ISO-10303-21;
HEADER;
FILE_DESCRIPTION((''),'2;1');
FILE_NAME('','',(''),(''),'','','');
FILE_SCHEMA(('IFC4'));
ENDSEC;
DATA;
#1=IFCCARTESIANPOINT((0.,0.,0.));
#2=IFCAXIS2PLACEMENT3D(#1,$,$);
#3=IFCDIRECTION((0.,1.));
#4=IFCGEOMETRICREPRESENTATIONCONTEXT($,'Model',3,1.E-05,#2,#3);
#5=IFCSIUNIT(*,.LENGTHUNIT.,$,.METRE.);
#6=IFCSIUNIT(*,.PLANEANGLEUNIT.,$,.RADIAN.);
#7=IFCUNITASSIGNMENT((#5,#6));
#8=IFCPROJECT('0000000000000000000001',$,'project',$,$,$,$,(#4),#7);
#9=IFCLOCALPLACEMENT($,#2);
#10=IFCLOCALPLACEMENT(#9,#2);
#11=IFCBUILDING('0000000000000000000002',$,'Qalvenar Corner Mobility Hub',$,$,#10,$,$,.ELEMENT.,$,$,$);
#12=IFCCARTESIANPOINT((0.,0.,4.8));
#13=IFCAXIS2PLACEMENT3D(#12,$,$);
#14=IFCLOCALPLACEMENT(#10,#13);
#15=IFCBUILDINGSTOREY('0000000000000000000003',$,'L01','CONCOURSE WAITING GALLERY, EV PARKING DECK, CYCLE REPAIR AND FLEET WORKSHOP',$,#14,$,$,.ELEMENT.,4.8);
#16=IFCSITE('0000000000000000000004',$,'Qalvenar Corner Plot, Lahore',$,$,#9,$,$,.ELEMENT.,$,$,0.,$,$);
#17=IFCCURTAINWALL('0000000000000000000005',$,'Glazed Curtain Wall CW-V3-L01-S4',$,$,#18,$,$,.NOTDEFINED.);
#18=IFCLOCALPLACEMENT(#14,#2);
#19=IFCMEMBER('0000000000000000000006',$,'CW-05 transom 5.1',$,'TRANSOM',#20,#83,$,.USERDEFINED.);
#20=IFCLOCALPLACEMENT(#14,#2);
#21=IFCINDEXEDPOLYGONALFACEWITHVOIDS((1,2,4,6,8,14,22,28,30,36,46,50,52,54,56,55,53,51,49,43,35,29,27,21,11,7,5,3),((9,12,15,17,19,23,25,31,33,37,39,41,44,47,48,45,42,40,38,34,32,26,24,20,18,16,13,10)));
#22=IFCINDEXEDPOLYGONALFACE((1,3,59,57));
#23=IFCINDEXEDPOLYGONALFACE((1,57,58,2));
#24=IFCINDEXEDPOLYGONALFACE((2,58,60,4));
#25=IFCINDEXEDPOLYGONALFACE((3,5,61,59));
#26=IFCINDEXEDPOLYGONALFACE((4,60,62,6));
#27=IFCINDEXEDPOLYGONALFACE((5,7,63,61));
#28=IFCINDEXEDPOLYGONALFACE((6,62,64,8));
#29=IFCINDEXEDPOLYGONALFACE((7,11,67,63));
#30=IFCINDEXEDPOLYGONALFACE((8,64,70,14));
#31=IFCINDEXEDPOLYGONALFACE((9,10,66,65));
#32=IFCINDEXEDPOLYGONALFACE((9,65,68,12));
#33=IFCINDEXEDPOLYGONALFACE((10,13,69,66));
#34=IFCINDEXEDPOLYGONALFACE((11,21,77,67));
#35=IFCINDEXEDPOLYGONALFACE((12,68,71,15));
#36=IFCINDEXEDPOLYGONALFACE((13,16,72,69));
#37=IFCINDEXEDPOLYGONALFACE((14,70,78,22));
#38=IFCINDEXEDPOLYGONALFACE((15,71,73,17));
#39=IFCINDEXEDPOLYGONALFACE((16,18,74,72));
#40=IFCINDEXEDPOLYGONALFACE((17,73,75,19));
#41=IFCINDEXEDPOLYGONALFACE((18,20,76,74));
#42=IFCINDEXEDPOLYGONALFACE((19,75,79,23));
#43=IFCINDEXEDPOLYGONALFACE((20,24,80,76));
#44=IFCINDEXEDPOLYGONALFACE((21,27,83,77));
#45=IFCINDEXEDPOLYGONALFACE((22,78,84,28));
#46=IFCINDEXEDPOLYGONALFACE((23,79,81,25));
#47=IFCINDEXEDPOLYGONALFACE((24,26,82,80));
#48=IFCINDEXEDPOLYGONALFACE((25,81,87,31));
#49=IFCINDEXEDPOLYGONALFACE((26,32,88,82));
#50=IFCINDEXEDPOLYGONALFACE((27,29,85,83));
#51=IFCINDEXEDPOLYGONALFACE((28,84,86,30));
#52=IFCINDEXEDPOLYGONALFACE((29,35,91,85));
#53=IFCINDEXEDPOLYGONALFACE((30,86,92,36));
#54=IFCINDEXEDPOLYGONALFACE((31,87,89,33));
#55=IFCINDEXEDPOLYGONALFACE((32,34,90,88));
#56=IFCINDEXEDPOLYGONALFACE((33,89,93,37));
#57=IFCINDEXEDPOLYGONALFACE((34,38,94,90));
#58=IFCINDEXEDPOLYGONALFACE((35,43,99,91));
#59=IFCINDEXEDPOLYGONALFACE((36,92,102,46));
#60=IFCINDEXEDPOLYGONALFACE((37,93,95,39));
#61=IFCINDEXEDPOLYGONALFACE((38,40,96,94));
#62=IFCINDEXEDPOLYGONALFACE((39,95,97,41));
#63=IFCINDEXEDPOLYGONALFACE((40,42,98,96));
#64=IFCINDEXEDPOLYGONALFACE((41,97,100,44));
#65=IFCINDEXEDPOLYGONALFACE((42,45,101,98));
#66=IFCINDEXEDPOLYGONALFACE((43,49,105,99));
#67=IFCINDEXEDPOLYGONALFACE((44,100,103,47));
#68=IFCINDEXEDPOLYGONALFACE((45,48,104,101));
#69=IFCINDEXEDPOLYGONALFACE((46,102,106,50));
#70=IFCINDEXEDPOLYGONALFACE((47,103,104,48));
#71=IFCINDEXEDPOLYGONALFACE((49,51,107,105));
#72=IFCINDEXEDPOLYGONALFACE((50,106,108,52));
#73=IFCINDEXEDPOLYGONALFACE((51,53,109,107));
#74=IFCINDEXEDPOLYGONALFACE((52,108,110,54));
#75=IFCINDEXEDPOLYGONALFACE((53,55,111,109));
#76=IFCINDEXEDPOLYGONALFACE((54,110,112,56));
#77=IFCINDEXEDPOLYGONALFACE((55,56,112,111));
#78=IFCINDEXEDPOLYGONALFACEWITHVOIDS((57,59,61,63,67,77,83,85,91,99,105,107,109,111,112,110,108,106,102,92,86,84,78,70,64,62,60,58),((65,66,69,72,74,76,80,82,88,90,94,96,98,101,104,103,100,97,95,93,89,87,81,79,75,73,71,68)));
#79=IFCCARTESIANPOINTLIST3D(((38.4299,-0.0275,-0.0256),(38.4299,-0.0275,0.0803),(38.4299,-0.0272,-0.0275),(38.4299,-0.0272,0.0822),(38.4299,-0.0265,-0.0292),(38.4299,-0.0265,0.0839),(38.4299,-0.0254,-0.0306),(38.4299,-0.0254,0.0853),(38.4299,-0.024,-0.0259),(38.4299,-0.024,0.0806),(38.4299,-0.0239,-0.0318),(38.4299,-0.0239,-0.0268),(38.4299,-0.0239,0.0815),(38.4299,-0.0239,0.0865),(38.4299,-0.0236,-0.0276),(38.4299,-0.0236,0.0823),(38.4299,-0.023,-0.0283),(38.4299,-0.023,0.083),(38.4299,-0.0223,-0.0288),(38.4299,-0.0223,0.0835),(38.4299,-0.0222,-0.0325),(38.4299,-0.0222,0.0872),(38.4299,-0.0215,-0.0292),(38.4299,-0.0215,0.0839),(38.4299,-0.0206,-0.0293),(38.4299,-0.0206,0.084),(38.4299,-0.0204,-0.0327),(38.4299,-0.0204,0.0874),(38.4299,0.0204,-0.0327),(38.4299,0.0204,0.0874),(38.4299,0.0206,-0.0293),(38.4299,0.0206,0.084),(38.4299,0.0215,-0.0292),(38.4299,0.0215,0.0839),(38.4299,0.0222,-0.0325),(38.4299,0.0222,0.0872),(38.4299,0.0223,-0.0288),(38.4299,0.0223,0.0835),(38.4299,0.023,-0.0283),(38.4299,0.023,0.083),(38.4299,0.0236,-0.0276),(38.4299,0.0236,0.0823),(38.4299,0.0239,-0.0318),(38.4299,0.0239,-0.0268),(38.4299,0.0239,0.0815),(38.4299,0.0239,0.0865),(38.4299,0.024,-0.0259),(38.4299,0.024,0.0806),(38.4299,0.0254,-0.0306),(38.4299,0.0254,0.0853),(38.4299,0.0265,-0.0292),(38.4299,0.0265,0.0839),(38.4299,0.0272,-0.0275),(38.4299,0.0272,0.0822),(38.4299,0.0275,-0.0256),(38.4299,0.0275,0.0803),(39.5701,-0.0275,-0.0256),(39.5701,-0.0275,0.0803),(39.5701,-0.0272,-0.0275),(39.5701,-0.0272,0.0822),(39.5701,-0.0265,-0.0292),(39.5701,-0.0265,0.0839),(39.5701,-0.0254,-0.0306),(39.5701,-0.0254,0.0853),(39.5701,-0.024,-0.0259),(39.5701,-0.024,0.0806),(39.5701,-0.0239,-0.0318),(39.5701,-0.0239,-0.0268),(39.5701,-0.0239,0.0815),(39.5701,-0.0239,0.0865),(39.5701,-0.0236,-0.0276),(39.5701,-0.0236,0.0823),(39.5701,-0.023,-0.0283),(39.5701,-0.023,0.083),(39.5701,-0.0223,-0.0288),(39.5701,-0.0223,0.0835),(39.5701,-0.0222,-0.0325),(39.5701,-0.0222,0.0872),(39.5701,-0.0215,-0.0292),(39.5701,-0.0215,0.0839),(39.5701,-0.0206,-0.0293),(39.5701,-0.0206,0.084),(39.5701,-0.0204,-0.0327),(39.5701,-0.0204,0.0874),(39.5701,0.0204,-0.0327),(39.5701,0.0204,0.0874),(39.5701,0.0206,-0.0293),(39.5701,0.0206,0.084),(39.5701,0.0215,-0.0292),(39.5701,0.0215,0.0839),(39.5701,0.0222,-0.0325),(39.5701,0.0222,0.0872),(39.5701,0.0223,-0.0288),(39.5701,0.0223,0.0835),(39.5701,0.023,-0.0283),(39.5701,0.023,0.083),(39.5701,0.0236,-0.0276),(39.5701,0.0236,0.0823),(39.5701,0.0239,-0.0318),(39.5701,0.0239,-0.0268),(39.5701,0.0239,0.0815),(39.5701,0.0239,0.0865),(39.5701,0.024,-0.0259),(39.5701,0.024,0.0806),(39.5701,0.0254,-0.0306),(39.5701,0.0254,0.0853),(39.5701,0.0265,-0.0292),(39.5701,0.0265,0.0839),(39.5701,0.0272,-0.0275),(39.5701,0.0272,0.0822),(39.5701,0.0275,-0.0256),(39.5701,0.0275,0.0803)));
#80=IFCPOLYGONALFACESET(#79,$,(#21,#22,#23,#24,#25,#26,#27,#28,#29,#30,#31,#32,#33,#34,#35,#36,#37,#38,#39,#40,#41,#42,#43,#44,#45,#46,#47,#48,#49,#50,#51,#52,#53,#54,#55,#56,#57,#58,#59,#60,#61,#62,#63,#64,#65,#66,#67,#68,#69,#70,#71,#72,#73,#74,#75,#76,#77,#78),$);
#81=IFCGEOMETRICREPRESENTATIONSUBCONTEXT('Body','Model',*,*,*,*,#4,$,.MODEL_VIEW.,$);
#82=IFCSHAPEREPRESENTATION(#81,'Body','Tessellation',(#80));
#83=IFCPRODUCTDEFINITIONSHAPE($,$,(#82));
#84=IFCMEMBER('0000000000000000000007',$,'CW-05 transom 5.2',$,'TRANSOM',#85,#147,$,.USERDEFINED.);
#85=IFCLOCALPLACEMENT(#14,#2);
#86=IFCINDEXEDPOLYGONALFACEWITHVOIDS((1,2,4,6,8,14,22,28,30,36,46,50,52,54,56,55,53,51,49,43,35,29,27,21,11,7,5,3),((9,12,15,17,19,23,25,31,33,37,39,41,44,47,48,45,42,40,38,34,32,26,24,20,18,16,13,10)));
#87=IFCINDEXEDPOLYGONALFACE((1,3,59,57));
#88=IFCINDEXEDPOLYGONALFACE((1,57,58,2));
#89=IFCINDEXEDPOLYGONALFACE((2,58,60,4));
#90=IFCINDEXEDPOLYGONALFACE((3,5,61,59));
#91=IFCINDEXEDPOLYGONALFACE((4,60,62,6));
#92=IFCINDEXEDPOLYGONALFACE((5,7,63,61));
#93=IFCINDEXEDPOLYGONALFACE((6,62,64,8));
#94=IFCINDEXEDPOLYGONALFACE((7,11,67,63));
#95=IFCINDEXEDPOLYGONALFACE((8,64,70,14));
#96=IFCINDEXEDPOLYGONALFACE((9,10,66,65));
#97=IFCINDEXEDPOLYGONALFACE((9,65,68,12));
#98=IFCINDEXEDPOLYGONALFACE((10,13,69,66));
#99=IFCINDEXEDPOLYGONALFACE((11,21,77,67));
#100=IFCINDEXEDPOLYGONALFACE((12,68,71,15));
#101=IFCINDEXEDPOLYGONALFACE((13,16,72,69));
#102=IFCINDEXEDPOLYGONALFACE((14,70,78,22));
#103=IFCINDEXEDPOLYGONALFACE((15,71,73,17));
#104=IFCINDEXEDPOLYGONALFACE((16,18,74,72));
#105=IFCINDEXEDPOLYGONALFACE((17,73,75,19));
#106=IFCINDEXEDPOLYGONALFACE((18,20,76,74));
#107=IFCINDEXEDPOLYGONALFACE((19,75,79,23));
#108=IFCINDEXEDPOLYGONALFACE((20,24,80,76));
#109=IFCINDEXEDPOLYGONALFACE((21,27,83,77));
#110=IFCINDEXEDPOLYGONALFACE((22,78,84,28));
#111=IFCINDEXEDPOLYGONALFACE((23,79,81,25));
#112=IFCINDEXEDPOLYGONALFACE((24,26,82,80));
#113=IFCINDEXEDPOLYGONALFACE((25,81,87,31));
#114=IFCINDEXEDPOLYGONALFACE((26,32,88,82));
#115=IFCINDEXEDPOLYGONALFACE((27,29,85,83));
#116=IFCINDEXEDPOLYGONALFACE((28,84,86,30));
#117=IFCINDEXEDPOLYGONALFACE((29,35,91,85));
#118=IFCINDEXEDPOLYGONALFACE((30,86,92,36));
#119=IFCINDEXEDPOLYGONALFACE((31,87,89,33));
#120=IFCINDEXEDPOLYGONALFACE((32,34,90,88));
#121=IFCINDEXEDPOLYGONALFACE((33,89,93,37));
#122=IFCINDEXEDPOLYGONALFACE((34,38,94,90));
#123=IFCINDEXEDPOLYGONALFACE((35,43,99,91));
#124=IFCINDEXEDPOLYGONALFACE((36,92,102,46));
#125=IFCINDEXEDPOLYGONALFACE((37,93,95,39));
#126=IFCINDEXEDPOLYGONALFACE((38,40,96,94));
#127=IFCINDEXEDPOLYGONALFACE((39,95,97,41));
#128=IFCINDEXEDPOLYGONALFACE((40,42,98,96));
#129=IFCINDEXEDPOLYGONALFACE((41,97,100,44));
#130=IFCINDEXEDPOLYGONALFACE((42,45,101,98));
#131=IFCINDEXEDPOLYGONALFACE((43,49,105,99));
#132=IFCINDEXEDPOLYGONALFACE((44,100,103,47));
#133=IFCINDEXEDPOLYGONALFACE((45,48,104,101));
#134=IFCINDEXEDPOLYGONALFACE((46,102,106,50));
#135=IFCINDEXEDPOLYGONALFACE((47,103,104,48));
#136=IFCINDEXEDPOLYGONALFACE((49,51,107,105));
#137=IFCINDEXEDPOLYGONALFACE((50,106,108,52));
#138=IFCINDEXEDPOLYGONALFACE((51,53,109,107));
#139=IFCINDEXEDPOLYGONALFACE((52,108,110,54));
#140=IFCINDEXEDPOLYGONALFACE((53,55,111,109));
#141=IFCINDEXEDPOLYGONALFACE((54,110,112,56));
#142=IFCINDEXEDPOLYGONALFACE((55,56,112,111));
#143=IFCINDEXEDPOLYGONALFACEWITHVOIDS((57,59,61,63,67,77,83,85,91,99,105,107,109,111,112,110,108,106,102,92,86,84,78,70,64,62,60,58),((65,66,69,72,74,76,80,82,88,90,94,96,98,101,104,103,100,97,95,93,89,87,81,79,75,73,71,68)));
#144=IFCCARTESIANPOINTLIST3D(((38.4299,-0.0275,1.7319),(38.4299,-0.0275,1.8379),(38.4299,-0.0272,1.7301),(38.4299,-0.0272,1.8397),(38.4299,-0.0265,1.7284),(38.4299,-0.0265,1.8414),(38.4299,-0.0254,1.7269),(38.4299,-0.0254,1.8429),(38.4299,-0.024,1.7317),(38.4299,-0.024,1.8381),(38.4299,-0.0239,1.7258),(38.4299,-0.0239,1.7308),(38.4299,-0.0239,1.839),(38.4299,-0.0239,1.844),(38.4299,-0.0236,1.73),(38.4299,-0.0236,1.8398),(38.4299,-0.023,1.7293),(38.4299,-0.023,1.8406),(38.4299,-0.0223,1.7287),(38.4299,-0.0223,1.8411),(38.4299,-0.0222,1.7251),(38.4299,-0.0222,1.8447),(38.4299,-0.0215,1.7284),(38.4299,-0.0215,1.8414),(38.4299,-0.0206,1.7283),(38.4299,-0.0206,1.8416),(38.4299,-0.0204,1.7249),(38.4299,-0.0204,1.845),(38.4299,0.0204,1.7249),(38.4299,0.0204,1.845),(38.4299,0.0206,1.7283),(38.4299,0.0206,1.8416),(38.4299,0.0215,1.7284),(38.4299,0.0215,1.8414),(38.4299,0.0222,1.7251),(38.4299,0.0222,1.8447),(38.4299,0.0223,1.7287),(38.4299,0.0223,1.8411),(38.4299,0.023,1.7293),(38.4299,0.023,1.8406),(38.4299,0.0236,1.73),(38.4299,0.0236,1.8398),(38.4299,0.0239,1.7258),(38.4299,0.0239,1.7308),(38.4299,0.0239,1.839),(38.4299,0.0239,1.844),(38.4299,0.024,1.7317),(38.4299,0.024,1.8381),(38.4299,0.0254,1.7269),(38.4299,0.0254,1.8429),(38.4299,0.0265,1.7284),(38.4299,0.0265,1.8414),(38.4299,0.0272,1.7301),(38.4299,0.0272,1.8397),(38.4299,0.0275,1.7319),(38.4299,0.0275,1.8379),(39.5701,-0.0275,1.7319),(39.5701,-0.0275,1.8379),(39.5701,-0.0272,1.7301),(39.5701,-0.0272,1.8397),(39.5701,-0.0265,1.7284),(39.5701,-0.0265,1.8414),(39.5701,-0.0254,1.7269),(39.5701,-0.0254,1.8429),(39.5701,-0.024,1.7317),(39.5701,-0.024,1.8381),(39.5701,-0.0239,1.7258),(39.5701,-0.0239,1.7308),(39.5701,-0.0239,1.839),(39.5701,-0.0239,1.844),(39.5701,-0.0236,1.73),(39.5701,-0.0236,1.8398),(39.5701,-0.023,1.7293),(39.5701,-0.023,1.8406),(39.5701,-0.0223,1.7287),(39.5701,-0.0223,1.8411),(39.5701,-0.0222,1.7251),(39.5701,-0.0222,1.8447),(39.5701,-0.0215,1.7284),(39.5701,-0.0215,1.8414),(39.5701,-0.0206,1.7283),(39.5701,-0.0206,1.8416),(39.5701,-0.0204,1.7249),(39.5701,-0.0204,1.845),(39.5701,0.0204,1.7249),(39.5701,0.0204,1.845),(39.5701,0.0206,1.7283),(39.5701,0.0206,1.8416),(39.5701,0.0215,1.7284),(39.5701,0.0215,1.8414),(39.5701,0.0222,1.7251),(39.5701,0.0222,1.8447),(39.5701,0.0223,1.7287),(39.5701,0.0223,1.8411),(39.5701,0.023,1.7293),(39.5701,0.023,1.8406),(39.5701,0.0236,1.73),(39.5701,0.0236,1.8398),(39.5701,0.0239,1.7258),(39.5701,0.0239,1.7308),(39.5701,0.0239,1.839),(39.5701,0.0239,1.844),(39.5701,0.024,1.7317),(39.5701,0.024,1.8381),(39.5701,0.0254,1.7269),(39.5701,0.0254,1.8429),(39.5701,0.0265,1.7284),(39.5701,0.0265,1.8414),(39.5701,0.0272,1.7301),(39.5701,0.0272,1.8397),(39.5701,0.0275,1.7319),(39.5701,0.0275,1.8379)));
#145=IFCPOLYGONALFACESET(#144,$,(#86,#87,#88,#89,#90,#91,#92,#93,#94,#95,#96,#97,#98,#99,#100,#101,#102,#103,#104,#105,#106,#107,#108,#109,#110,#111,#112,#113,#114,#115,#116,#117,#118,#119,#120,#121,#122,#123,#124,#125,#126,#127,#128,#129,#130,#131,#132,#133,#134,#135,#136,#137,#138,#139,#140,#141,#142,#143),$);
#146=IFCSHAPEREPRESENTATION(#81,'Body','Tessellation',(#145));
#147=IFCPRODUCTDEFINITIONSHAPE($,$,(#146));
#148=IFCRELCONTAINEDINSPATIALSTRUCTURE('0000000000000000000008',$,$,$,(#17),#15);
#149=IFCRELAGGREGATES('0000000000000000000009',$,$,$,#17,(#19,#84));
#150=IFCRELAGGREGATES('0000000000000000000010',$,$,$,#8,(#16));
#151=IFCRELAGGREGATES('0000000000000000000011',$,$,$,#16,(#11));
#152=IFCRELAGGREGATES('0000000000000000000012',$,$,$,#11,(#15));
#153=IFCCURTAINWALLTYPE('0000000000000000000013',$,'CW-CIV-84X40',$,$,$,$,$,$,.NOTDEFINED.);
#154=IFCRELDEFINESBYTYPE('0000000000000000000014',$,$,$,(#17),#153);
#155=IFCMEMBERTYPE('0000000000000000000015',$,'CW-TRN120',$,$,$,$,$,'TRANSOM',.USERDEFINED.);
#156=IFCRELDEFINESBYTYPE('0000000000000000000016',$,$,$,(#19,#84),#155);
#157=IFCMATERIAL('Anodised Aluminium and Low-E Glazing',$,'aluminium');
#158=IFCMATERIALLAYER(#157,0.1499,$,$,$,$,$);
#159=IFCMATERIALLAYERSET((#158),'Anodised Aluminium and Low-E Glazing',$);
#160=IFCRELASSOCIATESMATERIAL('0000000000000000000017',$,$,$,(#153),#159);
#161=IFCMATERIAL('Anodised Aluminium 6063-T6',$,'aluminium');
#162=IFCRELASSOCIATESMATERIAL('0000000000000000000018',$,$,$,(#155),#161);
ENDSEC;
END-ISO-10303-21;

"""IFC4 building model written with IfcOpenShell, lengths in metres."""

from ifc_helpers import new_model, si_unit, direction, frame, origin, origin_2d, place, context, subcontext, project, spatial, hollow_rectangle, extrude, material, layer, layer_set, material_profile, profile_set, type_object, element, aggregate, save


model = new_model("IFC4")

# Units and contexts
model_context = context("Model", 3, precision=1e-05, world=origin(), true_north=direction((0.0, 1.0)))
body_context = subcontext(model_context, "Body", "Model", "MODEL_VIEW")
ifc_project = project(units=[si_unit("LENGTHUNIT", "METRE"), si_unit("PLANEANGLEUNIT", "RADIAN")], contexts=[model_context])

# Site, building, storey
site_placement = place(None, origin())
site = spatial("IfcSite", under=ifc_project, at=site_placement, Name="Qalvenar Corner Plot, Lahore", CompositionType="ELEMENT", RefElevation=0.0)
building_placement = place(site_placement, origin())
building = spatial("IfcBuilding", under=site, at=building_placement, Name="Qalvenar Corner Mobility Hub", CompositionType="ELEMENT")
storey_placement = place(building_placement, frame((0.0, 0.0, 4.8)))
storey = spatial("IfcBuildingStorey", under=building, at=storey_placement, Name="L01", Description="CONCOURSE WAITING GALLERY, EV PARKING DECK, CYCLE REPAIR AND FLEET WORKSHOP", CompositionType="ELEMENT", Elevation=4.8)

# Curtain wall, members
ifc_material_1 = material(Name="Anodised Aluminium and Low-E Glazing", Category="aluminium")
ifc_layer_1 = layer(ifc_material_1, 0.1499)
ifc_layer_set_1 = layer_set([ifc_layer_1], Name="Anodised Aluminium and Low-E Glazing")
curtain_wall_type = type_object("IfcCurtainWallType", Name="CW-CIV-84X40", PredefinedType="NOTDEFINED", material=ifc_layer_set_1)
curtain_wall_placement = place(storey_placement, origin())
curtain_wall = element("IfcCurtainWall", 1, at=curtain_wall_placement, inside=storey, type_object=curtain_wall_type, Name="Glazed Curtain Wall CW-V3-L01-S4", PredefinedType="NOTDEFINED")
ifc_material_2 = material(Name="Anodised Aluminium 6063-T6", Category="aluminium")
ifc_material_profile_1 = material_profile(ifc_material_2, hollow_rectangle(XDim=0.0549, YDim=0.1201, WallThickness=0.0034, InnerFilletRadius=0.0034, OuterFilletRadius=0.0071, at=origin_2d()), Name="RHS120x55x3.5")
ifc_profile_set_1 = profile_set([ifc_material_profile_1], Name="Anodised Aluminium 6063-T6")
member_type_1 = type_object("IfcMemberType", Name="CW-TRN120", ElementType="TRANSOM", PredefinedType="USERDEFINED", material=ifc_profile_set_1)
member_1_placement = place(storey_placement, frame((38.4299, 0.0, 0.0273), z_axis=(1.0, 0.0, 0.0), x_axis=(0.0, 1.0, 0.0)))
member_1 = element("IfcMember", 2, at=member_1_placement, type_object=member_type_1, Name="CW-05 transom 5.1", ObjectType="TRANSOM", PredefinedType="USERDEFINED", context=body_context, shape_type="SweptSolid", body=[
    extrude(hollow_rectangle(XDim=0.0549, YDim=0.1201, WallThickness=0.0034, InnerFilletRadius=0.0034, OuterFilletRadius=0.0071, at=origin_2d()), origin(), (0.0, 0.0, 1.0), 1.1401),
])
member_2_placement = place(storey_placement, frame((38.4299, 0.0, 1.7849), z_axis=(1.0, 0.0, 0.0), x_axis=(0.0, 1.0, 0.0)))
member_2 = element("IfcMember", 3, at=member_2_placement, type_object=member_type_1, Name="CW-05 transom 5.2", ObjectType="TRANSOM", PredefinedType="USERDEFINED", context=body_context, shape_type="SweptSolid", body=[
    extrude(hollow_rectangle(XDim=0.0549, YDim=0.1201, WallThickness=0.0034, InnerFilletRadius=0.0034, OuterFilletRadius=0.0071, at=origin_2d()), origin(), (0.0, 0.0, 1.0), 1.1401),
])
aggregate(curtain_wall, [member_1, member_2])

save(model, "model.ifc")
